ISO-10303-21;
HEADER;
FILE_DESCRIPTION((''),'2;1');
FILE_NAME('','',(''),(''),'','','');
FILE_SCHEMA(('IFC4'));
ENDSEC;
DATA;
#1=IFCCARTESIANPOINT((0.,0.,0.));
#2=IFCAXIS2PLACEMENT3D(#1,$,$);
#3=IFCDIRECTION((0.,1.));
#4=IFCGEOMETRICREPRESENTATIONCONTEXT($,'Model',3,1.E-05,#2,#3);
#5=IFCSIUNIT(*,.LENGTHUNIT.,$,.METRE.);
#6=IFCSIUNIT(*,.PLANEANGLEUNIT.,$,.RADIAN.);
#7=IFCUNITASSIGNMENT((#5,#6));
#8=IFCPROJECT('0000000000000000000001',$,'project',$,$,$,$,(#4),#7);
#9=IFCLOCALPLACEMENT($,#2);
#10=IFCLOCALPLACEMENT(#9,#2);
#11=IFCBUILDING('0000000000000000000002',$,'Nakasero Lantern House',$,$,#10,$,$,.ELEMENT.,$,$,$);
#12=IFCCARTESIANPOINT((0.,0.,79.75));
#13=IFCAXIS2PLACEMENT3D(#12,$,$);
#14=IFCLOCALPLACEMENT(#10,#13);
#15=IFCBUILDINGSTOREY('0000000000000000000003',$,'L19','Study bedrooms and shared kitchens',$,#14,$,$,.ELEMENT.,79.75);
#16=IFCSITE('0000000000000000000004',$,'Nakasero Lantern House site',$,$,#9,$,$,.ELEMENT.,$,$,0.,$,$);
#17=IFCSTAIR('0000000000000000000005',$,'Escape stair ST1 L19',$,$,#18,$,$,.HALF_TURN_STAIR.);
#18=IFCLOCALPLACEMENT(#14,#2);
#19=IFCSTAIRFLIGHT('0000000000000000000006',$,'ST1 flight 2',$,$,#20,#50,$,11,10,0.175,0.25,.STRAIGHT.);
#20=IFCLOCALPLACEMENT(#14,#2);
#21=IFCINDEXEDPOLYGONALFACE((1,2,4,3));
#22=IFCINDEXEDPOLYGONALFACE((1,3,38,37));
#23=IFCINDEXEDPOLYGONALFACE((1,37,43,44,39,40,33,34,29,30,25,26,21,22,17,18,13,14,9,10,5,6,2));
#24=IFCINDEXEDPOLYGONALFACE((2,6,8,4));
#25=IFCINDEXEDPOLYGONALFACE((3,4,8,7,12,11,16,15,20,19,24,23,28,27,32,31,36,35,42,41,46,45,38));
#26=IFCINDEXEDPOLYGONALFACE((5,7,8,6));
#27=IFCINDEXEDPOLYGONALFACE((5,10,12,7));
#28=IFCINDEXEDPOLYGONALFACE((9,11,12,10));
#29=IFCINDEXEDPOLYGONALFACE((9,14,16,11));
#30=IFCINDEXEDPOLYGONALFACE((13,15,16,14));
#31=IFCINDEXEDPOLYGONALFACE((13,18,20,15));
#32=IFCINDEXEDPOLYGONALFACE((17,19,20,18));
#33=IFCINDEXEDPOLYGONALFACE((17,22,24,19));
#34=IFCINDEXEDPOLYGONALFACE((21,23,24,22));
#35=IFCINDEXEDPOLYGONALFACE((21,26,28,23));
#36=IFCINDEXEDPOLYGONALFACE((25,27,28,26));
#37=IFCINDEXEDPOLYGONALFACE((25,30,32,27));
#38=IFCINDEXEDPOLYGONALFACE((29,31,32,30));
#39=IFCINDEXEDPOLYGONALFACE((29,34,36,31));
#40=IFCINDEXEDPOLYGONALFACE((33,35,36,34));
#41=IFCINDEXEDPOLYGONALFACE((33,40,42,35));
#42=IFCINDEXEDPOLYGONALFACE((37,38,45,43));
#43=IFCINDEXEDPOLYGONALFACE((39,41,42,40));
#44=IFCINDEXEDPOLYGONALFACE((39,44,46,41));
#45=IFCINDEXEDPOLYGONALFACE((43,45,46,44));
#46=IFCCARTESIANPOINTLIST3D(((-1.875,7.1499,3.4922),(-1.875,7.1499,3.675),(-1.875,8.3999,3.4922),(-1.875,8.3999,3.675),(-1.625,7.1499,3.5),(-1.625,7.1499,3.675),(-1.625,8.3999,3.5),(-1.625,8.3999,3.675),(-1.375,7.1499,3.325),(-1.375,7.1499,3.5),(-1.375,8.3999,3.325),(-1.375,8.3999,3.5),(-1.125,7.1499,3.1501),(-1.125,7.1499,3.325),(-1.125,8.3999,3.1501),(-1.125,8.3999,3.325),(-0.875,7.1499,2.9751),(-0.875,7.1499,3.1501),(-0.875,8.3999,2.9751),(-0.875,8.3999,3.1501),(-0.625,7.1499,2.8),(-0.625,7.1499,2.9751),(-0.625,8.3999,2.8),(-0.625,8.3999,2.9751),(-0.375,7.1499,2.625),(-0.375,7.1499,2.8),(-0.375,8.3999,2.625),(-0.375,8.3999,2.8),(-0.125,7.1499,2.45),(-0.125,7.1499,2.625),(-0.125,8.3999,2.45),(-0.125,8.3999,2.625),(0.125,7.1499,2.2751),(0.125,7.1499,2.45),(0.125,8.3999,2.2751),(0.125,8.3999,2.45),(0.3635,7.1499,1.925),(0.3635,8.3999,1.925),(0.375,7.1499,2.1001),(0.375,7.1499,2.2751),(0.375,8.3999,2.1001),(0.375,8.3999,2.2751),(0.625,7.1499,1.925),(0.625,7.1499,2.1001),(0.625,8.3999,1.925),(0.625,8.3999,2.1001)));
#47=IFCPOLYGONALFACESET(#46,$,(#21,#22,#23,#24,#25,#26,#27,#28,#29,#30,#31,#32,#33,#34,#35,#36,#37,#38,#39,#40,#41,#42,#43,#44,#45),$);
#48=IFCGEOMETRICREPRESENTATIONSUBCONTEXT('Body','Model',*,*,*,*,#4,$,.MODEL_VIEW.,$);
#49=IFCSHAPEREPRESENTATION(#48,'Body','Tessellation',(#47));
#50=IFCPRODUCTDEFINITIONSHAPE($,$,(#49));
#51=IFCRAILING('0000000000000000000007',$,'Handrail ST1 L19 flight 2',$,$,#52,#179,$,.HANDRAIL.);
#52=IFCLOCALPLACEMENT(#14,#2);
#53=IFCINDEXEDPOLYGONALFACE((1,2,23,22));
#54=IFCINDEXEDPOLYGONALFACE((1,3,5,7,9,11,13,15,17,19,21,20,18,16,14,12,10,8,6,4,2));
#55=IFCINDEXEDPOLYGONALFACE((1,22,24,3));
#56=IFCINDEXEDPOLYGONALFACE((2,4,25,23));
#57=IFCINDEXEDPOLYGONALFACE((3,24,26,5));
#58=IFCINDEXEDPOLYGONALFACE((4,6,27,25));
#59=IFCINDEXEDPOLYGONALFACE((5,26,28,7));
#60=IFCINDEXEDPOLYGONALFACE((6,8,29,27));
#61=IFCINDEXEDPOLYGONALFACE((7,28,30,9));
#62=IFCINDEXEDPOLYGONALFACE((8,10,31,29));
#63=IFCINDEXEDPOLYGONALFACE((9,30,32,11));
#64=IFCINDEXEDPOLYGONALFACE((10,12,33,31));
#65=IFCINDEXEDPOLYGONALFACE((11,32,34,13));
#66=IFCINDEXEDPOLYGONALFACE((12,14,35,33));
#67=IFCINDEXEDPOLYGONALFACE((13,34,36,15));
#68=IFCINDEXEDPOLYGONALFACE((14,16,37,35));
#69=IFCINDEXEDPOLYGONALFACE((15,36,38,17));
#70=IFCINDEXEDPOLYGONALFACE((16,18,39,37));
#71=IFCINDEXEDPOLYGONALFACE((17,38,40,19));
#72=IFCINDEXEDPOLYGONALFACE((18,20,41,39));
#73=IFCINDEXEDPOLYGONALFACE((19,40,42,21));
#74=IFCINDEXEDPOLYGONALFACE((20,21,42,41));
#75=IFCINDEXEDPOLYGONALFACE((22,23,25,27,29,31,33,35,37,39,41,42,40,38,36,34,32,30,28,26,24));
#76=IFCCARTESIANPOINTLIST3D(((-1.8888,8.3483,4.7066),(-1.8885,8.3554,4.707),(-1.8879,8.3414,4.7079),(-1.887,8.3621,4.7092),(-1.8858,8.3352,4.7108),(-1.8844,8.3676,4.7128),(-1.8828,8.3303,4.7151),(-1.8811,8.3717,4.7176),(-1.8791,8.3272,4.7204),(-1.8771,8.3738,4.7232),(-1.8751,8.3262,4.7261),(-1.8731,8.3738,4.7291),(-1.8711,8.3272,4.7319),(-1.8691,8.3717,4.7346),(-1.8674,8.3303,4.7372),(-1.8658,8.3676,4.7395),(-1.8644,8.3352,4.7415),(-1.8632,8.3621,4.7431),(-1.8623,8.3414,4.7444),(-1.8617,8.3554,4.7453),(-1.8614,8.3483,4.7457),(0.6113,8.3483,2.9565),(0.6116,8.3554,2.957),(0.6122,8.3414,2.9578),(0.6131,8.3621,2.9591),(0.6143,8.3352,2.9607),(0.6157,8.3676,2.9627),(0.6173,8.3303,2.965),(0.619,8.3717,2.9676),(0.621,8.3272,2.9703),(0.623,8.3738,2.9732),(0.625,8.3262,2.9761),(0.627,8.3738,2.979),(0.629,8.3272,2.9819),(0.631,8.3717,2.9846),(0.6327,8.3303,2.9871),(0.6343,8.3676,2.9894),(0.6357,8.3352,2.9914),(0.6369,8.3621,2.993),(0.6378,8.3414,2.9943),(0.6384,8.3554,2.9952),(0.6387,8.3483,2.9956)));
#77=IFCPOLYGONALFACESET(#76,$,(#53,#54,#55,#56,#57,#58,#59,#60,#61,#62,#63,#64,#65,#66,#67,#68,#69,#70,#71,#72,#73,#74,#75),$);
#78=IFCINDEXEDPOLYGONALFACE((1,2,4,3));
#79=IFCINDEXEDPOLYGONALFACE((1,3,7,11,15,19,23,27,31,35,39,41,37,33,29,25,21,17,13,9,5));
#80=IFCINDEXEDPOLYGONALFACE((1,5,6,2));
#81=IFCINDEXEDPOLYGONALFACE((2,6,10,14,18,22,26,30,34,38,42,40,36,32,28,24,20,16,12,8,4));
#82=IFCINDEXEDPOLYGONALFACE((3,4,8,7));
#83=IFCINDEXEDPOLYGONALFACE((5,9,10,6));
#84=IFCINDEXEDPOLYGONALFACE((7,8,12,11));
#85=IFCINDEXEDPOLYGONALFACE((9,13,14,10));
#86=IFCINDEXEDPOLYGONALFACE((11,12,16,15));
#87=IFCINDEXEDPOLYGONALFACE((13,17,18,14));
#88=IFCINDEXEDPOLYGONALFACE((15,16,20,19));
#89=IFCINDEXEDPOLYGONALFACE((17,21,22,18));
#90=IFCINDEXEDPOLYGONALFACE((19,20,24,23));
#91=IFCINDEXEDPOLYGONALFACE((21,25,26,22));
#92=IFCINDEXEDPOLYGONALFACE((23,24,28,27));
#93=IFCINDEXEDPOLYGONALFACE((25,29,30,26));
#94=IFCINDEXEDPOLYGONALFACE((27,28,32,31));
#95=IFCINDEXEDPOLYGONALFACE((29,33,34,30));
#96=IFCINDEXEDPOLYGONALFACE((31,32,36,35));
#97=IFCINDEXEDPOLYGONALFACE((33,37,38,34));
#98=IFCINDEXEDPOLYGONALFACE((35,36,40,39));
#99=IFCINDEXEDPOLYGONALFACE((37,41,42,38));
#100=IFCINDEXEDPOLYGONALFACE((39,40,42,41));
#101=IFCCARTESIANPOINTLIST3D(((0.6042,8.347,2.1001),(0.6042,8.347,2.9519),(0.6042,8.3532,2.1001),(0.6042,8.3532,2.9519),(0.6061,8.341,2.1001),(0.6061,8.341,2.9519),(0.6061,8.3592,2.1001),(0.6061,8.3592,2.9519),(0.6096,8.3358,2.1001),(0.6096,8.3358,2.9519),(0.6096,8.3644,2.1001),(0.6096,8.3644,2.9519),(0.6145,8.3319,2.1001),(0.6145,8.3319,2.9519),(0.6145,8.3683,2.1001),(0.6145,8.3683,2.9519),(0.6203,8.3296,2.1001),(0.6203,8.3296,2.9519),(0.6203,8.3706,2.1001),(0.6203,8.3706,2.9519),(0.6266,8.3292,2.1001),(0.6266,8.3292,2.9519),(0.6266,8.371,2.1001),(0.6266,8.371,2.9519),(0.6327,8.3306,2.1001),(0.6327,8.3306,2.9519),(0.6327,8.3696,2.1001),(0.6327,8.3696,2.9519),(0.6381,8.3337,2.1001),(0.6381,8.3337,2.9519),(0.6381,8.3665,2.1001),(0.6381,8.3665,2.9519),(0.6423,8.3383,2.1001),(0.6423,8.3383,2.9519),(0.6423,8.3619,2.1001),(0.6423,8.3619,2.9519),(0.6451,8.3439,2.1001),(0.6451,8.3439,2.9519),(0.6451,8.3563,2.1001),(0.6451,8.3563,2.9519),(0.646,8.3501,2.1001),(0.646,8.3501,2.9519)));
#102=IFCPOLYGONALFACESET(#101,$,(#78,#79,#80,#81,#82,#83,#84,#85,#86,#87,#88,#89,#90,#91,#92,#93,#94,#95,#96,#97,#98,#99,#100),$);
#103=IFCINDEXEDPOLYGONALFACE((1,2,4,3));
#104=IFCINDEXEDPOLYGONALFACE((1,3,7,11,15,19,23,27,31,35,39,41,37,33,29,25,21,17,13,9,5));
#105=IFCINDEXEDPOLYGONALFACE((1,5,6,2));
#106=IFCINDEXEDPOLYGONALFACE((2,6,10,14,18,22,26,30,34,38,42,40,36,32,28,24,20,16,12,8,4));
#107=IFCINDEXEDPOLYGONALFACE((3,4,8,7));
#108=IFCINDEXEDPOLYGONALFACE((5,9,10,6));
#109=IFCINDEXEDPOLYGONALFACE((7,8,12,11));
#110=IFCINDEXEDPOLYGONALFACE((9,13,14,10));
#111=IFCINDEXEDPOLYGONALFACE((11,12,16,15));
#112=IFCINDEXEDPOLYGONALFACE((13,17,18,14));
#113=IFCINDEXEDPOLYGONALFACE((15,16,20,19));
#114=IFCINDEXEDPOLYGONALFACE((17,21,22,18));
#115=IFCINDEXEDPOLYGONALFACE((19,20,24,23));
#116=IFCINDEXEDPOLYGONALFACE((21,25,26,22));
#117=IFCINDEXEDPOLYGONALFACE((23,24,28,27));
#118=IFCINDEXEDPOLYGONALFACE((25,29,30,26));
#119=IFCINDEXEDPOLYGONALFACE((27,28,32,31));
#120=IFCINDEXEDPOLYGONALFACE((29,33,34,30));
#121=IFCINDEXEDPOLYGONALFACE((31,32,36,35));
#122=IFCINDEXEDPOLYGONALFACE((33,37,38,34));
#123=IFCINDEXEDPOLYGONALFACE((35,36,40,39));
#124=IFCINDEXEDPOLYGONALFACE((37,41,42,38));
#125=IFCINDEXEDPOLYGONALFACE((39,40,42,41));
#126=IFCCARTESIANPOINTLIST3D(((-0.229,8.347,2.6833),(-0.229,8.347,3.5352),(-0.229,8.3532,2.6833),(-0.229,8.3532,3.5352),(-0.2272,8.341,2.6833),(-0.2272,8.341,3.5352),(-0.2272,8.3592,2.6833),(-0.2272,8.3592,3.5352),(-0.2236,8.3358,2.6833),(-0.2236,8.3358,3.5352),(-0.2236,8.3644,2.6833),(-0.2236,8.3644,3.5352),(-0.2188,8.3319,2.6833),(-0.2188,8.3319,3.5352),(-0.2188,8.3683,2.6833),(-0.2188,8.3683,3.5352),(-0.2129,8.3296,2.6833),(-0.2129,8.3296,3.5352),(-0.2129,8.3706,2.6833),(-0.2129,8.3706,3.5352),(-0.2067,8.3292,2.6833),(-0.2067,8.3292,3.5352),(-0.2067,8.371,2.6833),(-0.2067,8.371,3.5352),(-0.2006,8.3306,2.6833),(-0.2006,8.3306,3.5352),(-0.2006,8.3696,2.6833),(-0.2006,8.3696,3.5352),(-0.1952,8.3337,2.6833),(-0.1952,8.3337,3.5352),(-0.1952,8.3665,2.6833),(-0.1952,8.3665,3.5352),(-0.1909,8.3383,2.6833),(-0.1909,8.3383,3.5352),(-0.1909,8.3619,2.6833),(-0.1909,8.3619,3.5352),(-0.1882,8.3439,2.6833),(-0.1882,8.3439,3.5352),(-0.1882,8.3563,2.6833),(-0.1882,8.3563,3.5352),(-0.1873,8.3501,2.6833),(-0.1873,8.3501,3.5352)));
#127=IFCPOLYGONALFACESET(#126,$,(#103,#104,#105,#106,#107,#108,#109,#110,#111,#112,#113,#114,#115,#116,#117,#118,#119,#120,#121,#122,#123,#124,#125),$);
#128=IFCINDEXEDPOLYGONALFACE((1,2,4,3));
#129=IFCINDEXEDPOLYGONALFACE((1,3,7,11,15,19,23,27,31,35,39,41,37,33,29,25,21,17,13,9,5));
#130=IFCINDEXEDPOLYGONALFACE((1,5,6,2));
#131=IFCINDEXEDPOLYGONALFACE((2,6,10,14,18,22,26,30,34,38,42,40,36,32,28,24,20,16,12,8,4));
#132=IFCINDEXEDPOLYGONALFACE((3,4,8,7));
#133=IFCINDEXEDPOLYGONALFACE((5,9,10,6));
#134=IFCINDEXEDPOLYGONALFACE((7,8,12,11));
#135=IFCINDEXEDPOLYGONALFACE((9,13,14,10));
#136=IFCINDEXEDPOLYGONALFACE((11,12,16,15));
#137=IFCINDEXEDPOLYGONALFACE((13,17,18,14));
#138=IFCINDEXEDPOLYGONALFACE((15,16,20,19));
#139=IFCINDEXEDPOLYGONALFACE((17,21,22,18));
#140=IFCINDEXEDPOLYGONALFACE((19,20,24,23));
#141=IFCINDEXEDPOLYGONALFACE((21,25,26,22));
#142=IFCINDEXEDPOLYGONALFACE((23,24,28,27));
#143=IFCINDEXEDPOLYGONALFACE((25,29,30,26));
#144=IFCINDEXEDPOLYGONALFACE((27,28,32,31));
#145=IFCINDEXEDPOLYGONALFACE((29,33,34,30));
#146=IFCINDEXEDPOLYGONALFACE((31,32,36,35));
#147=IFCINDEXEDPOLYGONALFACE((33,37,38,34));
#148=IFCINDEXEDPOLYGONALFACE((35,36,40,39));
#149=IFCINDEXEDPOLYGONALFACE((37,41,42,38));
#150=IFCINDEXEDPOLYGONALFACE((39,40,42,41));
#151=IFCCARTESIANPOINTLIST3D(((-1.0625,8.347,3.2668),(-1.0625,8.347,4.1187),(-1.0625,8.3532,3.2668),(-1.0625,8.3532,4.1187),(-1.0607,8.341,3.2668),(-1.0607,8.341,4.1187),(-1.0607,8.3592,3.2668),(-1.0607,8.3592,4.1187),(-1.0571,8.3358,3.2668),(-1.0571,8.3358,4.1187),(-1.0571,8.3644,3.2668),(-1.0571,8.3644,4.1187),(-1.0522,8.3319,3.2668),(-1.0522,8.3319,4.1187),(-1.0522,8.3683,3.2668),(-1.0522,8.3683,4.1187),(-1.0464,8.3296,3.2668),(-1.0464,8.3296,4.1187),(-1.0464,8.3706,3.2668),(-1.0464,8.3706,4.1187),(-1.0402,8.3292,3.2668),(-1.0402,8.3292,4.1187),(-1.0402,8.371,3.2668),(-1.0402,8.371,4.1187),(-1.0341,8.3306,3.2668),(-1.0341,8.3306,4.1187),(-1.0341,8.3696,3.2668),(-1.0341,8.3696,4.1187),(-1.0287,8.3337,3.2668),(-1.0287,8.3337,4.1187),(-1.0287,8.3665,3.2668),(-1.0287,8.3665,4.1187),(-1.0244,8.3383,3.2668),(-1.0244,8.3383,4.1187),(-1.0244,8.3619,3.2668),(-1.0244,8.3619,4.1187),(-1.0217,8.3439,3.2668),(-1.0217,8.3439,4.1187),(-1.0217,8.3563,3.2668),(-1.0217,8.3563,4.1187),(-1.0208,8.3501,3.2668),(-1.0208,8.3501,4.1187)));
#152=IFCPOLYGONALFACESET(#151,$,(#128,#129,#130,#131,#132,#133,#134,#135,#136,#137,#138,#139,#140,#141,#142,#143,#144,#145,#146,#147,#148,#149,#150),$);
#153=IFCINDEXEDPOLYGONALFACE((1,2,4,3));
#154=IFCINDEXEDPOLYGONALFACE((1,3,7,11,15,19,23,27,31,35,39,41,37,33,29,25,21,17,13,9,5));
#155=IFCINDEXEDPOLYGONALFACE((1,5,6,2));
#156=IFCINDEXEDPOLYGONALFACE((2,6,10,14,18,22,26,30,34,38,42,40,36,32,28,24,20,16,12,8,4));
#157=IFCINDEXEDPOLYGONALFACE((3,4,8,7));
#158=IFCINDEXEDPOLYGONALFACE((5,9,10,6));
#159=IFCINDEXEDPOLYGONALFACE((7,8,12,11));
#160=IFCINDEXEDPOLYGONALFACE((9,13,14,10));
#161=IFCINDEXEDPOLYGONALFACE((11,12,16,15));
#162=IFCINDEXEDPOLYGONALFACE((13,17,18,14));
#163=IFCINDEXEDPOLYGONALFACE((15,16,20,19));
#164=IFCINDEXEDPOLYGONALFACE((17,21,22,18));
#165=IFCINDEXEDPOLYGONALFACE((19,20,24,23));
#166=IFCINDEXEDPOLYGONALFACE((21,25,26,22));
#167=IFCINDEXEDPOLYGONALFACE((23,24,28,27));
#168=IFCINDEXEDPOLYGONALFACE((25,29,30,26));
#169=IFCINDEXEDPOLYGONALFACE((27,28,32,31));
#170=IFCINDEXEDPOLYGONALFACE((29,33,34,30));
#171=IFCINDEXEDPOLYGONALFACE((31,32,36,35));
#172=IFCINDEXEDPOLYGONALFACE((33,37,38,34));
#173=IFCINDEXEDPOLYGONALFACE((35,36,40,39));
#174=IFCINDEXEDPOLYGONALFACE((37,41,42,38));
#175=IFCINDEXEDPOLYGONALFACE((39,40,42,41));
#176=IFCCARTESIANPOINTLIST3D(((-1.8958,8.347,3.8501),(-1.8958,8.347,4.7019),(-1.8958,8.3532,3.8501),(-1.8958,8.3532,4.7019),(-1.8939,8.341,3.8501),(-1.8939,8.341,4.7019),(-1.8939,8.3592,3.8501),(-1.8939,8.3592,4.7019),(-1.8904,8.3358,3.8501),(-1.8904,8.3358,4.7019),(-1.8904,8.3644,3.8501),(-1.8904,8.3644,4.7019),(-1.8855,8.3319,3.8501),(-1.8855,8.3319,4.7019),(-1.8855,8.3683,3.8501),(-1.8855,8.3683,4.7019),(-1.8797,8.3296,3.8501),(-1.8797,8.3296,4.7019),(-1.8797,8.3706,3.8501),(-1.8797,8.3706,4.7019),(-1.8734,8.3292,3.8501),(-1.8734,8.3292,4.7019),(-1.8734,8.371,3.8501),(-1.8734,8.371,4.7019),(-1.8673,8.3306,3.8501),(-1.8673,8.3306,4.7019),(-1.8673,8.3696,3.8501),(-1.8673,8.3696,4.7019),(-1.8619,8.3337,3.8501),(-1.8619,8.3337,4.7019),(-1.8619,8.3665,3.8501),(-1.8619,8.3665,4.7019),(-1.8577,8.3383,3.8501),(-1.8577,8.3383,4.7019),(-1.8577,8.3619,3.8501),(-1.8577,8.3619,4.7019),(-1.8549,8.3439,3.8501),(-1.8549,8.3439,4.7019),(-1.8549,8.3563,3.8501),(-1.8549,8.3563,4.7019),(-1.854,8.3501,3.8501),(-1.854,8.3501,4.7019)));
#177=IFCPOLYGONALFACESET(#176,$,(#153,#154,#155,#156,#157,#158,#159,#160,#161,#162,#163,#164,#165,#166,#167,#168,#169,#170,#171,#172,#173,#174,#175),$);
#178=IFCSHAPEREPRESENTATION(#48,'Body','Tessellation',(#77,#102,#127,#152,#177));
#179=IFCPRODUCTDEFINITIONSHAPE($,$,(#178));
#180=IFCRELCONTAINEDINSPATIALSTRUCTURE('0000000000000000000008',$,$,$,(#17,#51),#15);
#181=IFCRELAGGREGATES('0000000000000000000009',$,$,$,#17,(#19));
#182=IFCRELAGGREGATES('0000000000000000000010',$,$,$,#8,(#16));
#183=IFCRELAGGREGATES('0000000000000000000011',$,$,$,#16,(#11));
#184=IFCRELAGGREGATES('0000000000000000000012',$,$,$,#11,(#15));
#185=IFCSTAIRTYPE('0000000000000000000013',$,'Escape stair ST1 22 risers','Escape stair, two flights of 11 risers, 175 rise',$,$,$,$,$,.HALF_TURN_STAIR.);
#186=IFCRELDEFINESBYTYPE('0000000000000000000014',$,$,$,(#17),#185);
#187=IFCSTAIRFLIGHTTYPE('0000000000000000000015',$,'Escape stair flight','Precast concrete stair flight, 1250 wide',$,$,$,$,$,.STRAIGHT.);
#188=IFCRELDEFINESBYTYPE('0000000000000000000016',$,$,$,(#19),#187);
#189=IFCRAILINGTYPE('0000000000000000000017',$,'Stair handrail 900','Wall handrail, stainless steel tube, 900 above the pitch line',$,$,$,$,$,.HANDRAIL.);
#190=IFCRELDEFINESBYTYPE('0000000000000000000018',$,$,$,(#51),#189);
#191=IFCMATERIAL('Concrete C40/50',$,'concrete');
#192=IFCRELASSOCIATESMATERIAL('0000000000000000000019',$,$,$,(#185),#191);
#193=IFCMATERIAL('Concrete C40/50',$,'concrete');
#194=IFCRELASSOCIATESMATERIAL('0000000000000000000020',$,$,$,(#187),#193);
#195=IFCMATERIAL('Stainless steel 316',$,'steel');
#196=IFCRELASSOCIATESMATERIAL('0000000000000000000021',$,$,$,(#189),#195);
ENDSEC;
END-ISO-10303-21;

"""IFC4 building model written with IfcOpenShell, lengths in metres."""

from ifc_helpers import new_model, si_unit, direction, frame, origin, origin_2d, place, context, subcontext, project, spatial, polyline, circle, outline, extrude, material, type_object, element, aggregate, save


model = new_model("IFC4")

# Units and contexts
model_context = context("Model", 3, precision=1e-05, world=origin(), true_north=direction((0.0, 1.0)))
body_context = subcontext(model_context, "Body", "Model", "MODEL_VIEW")
ifc_project = project(units=[si_unit("LENGTHUNIT", "METRE"), si_unit("PLANEANGLEUNIT", "RADIAN")], contexts=[model_context])

# Site, building, storey
site_placement = place(None, origin())
site = spatial("IfcSite", under=ifc_project, at=site_placement, Name="Nakasero Lantern House site", CompositionType="ELEMENT", RefElevation=0.0)
building_placement = place(site_placement, origin())
building = spatial("IfcBuilding", under=site, at=building_placement, Name="Nakasero Lantern House", CompositionType="ELEMENT")
storey_placement = place(building_placement, frame((0.0, 0.0, 79.75)))
storey = spatial("IfcBuildingStorey", under=building, at=storey_placement, Name="L19", Description="Study bedrooms and shared kitchens", CompositionType="ELEMENT", Elevation=79.75)

# Stair
ifc_material_1 = material(Name="Concrete C40/50", Category="concrete")
stair_type_1 = type_object("IfcStairType", Name="Escape stair ST1 22 risers", Description="Escape stair, two flights of 11 risers, 175 rise", PredefinedType="HALF_TURN_STAIR", material=ifc_material_1)
stair_1_placement = place(storey_placement, origin())
stair_1 = element("IfcStair", 1, at=stair_1_placement, inside=storey, type_object=stair_type_1, Name="Escape stair ST1 L19", PredefinedType="HALF_TURN_STAIR")

# Stair flight
ifc_material_2 = material(Name="Concrete C40/50", Category="concrete")
stair_flight_type = type_object("IfcStairFlightType", Name="Escape stair flight", Description="Precast concrete stair flight, 1250 wide", PredefinedType="STRAIGHT", material=ifc_material_2)
stair_flight_placement = place(storey_placement, frame((0.625, 7.7749, 1.925), z_axis=(0.0, 0.0, 1.0), x_axis=(-1.0, 0.0, 0.0)))
stair_flight = element("IfcStairFlight", 2, at=stair_flight_placement, type_object=stair_flight_type, Name="ST1 flight 2", NumberOfRisers=11, NumberOfTreads=10, PredefinedType="STRAIGHT", RiserHeight=0.175, TreadLength=0.25, context=body_context, shape_type="SweptSolid", body=[
    extrude(outline(polyline([(0.0, 0.0), (0.0, 0.175), (0.25, 0.175), (0.25, 0.3501), (0.5, 0.3501), (0.5, 0.5249), (0.75, 0.5249), (0.75, 0.7), (1.0, 0.7), (1.0, 0.875), (1.25, 0.875), (1.25, 1.05), (1.5, 1.05), (1.5, 1.2251), (1.75, 1.2251), (1.75, 1.3999), (2.0, 1.3999), (2.0, 1.575), (2.25, 1.575), (2.25, 1.75), (2.5, 1.75), (2.5, 1.925), (2.5, 1.5671), (0.2615, 0.0), (0.0, 0.0)])), frame((0.0, 0.625, 0.0), z_axis=(0.0, -1.0, 0.0), x_axis=(1.0, 0.0, 0.0)), (0.0, 0.0, 1.0), 1.25),
])
aggregate(stair_1, [stair_flight])

# Railing
ifc_material_3 = material(Name="Stainless steel 316", Category="steel")
railing_type = type_object("IfcRailingType", Name="Stair handrail 900", Description="Wall handrail, stainless steel tube, 900 above the pitch line", PredefinedType="HANDRAIL", material=ifc_material_3)
railing_placement = place(storey_placement, frame((0.625, 8.3501, 2.1001)))
element("IfcRailing", 3, at=railing_placement, inside=storey, type_object=railing_type, Name="Handrail ST1 L19 flight 2", PredefinedType="HANDRAIL", context=body_context, shape_type="SweptSolid", body=[
    extrude(circle(Radius=0.0239, at=origin_2d()), frame((0.0, 0.0, 0.876), z_axis=(-0.819232, 0.0, 0.573462), x_axis=(0.0, -1.0, 0.0)), (0.0, 0.0, 1.0), 3.0518),
    extrude(circle(Radius=0.021, at=origin_2d()), origin(), (0.0, 0.0, 1.0), 0.8518),
    extrude(circle(Radius=0.021, at=origin_2d()), frame((-0.8333, 0.0, 0.5833)), (0.0, 0.0, 1.0), 0.8518),
    extrude(circle(Radius=0.021, at=origin_2d()), frame((-1.6667, 0.0, 1.1667)), (0.0, 0.0, 1.0), 0.8518),
    extrude(circle(Radius=0.021, at=origin_2d()), frame((-2.5, 0.0, 1.75)), (0.0, 0.0, 1.0), 0.8518),
])

save(model, "model.ifc")
